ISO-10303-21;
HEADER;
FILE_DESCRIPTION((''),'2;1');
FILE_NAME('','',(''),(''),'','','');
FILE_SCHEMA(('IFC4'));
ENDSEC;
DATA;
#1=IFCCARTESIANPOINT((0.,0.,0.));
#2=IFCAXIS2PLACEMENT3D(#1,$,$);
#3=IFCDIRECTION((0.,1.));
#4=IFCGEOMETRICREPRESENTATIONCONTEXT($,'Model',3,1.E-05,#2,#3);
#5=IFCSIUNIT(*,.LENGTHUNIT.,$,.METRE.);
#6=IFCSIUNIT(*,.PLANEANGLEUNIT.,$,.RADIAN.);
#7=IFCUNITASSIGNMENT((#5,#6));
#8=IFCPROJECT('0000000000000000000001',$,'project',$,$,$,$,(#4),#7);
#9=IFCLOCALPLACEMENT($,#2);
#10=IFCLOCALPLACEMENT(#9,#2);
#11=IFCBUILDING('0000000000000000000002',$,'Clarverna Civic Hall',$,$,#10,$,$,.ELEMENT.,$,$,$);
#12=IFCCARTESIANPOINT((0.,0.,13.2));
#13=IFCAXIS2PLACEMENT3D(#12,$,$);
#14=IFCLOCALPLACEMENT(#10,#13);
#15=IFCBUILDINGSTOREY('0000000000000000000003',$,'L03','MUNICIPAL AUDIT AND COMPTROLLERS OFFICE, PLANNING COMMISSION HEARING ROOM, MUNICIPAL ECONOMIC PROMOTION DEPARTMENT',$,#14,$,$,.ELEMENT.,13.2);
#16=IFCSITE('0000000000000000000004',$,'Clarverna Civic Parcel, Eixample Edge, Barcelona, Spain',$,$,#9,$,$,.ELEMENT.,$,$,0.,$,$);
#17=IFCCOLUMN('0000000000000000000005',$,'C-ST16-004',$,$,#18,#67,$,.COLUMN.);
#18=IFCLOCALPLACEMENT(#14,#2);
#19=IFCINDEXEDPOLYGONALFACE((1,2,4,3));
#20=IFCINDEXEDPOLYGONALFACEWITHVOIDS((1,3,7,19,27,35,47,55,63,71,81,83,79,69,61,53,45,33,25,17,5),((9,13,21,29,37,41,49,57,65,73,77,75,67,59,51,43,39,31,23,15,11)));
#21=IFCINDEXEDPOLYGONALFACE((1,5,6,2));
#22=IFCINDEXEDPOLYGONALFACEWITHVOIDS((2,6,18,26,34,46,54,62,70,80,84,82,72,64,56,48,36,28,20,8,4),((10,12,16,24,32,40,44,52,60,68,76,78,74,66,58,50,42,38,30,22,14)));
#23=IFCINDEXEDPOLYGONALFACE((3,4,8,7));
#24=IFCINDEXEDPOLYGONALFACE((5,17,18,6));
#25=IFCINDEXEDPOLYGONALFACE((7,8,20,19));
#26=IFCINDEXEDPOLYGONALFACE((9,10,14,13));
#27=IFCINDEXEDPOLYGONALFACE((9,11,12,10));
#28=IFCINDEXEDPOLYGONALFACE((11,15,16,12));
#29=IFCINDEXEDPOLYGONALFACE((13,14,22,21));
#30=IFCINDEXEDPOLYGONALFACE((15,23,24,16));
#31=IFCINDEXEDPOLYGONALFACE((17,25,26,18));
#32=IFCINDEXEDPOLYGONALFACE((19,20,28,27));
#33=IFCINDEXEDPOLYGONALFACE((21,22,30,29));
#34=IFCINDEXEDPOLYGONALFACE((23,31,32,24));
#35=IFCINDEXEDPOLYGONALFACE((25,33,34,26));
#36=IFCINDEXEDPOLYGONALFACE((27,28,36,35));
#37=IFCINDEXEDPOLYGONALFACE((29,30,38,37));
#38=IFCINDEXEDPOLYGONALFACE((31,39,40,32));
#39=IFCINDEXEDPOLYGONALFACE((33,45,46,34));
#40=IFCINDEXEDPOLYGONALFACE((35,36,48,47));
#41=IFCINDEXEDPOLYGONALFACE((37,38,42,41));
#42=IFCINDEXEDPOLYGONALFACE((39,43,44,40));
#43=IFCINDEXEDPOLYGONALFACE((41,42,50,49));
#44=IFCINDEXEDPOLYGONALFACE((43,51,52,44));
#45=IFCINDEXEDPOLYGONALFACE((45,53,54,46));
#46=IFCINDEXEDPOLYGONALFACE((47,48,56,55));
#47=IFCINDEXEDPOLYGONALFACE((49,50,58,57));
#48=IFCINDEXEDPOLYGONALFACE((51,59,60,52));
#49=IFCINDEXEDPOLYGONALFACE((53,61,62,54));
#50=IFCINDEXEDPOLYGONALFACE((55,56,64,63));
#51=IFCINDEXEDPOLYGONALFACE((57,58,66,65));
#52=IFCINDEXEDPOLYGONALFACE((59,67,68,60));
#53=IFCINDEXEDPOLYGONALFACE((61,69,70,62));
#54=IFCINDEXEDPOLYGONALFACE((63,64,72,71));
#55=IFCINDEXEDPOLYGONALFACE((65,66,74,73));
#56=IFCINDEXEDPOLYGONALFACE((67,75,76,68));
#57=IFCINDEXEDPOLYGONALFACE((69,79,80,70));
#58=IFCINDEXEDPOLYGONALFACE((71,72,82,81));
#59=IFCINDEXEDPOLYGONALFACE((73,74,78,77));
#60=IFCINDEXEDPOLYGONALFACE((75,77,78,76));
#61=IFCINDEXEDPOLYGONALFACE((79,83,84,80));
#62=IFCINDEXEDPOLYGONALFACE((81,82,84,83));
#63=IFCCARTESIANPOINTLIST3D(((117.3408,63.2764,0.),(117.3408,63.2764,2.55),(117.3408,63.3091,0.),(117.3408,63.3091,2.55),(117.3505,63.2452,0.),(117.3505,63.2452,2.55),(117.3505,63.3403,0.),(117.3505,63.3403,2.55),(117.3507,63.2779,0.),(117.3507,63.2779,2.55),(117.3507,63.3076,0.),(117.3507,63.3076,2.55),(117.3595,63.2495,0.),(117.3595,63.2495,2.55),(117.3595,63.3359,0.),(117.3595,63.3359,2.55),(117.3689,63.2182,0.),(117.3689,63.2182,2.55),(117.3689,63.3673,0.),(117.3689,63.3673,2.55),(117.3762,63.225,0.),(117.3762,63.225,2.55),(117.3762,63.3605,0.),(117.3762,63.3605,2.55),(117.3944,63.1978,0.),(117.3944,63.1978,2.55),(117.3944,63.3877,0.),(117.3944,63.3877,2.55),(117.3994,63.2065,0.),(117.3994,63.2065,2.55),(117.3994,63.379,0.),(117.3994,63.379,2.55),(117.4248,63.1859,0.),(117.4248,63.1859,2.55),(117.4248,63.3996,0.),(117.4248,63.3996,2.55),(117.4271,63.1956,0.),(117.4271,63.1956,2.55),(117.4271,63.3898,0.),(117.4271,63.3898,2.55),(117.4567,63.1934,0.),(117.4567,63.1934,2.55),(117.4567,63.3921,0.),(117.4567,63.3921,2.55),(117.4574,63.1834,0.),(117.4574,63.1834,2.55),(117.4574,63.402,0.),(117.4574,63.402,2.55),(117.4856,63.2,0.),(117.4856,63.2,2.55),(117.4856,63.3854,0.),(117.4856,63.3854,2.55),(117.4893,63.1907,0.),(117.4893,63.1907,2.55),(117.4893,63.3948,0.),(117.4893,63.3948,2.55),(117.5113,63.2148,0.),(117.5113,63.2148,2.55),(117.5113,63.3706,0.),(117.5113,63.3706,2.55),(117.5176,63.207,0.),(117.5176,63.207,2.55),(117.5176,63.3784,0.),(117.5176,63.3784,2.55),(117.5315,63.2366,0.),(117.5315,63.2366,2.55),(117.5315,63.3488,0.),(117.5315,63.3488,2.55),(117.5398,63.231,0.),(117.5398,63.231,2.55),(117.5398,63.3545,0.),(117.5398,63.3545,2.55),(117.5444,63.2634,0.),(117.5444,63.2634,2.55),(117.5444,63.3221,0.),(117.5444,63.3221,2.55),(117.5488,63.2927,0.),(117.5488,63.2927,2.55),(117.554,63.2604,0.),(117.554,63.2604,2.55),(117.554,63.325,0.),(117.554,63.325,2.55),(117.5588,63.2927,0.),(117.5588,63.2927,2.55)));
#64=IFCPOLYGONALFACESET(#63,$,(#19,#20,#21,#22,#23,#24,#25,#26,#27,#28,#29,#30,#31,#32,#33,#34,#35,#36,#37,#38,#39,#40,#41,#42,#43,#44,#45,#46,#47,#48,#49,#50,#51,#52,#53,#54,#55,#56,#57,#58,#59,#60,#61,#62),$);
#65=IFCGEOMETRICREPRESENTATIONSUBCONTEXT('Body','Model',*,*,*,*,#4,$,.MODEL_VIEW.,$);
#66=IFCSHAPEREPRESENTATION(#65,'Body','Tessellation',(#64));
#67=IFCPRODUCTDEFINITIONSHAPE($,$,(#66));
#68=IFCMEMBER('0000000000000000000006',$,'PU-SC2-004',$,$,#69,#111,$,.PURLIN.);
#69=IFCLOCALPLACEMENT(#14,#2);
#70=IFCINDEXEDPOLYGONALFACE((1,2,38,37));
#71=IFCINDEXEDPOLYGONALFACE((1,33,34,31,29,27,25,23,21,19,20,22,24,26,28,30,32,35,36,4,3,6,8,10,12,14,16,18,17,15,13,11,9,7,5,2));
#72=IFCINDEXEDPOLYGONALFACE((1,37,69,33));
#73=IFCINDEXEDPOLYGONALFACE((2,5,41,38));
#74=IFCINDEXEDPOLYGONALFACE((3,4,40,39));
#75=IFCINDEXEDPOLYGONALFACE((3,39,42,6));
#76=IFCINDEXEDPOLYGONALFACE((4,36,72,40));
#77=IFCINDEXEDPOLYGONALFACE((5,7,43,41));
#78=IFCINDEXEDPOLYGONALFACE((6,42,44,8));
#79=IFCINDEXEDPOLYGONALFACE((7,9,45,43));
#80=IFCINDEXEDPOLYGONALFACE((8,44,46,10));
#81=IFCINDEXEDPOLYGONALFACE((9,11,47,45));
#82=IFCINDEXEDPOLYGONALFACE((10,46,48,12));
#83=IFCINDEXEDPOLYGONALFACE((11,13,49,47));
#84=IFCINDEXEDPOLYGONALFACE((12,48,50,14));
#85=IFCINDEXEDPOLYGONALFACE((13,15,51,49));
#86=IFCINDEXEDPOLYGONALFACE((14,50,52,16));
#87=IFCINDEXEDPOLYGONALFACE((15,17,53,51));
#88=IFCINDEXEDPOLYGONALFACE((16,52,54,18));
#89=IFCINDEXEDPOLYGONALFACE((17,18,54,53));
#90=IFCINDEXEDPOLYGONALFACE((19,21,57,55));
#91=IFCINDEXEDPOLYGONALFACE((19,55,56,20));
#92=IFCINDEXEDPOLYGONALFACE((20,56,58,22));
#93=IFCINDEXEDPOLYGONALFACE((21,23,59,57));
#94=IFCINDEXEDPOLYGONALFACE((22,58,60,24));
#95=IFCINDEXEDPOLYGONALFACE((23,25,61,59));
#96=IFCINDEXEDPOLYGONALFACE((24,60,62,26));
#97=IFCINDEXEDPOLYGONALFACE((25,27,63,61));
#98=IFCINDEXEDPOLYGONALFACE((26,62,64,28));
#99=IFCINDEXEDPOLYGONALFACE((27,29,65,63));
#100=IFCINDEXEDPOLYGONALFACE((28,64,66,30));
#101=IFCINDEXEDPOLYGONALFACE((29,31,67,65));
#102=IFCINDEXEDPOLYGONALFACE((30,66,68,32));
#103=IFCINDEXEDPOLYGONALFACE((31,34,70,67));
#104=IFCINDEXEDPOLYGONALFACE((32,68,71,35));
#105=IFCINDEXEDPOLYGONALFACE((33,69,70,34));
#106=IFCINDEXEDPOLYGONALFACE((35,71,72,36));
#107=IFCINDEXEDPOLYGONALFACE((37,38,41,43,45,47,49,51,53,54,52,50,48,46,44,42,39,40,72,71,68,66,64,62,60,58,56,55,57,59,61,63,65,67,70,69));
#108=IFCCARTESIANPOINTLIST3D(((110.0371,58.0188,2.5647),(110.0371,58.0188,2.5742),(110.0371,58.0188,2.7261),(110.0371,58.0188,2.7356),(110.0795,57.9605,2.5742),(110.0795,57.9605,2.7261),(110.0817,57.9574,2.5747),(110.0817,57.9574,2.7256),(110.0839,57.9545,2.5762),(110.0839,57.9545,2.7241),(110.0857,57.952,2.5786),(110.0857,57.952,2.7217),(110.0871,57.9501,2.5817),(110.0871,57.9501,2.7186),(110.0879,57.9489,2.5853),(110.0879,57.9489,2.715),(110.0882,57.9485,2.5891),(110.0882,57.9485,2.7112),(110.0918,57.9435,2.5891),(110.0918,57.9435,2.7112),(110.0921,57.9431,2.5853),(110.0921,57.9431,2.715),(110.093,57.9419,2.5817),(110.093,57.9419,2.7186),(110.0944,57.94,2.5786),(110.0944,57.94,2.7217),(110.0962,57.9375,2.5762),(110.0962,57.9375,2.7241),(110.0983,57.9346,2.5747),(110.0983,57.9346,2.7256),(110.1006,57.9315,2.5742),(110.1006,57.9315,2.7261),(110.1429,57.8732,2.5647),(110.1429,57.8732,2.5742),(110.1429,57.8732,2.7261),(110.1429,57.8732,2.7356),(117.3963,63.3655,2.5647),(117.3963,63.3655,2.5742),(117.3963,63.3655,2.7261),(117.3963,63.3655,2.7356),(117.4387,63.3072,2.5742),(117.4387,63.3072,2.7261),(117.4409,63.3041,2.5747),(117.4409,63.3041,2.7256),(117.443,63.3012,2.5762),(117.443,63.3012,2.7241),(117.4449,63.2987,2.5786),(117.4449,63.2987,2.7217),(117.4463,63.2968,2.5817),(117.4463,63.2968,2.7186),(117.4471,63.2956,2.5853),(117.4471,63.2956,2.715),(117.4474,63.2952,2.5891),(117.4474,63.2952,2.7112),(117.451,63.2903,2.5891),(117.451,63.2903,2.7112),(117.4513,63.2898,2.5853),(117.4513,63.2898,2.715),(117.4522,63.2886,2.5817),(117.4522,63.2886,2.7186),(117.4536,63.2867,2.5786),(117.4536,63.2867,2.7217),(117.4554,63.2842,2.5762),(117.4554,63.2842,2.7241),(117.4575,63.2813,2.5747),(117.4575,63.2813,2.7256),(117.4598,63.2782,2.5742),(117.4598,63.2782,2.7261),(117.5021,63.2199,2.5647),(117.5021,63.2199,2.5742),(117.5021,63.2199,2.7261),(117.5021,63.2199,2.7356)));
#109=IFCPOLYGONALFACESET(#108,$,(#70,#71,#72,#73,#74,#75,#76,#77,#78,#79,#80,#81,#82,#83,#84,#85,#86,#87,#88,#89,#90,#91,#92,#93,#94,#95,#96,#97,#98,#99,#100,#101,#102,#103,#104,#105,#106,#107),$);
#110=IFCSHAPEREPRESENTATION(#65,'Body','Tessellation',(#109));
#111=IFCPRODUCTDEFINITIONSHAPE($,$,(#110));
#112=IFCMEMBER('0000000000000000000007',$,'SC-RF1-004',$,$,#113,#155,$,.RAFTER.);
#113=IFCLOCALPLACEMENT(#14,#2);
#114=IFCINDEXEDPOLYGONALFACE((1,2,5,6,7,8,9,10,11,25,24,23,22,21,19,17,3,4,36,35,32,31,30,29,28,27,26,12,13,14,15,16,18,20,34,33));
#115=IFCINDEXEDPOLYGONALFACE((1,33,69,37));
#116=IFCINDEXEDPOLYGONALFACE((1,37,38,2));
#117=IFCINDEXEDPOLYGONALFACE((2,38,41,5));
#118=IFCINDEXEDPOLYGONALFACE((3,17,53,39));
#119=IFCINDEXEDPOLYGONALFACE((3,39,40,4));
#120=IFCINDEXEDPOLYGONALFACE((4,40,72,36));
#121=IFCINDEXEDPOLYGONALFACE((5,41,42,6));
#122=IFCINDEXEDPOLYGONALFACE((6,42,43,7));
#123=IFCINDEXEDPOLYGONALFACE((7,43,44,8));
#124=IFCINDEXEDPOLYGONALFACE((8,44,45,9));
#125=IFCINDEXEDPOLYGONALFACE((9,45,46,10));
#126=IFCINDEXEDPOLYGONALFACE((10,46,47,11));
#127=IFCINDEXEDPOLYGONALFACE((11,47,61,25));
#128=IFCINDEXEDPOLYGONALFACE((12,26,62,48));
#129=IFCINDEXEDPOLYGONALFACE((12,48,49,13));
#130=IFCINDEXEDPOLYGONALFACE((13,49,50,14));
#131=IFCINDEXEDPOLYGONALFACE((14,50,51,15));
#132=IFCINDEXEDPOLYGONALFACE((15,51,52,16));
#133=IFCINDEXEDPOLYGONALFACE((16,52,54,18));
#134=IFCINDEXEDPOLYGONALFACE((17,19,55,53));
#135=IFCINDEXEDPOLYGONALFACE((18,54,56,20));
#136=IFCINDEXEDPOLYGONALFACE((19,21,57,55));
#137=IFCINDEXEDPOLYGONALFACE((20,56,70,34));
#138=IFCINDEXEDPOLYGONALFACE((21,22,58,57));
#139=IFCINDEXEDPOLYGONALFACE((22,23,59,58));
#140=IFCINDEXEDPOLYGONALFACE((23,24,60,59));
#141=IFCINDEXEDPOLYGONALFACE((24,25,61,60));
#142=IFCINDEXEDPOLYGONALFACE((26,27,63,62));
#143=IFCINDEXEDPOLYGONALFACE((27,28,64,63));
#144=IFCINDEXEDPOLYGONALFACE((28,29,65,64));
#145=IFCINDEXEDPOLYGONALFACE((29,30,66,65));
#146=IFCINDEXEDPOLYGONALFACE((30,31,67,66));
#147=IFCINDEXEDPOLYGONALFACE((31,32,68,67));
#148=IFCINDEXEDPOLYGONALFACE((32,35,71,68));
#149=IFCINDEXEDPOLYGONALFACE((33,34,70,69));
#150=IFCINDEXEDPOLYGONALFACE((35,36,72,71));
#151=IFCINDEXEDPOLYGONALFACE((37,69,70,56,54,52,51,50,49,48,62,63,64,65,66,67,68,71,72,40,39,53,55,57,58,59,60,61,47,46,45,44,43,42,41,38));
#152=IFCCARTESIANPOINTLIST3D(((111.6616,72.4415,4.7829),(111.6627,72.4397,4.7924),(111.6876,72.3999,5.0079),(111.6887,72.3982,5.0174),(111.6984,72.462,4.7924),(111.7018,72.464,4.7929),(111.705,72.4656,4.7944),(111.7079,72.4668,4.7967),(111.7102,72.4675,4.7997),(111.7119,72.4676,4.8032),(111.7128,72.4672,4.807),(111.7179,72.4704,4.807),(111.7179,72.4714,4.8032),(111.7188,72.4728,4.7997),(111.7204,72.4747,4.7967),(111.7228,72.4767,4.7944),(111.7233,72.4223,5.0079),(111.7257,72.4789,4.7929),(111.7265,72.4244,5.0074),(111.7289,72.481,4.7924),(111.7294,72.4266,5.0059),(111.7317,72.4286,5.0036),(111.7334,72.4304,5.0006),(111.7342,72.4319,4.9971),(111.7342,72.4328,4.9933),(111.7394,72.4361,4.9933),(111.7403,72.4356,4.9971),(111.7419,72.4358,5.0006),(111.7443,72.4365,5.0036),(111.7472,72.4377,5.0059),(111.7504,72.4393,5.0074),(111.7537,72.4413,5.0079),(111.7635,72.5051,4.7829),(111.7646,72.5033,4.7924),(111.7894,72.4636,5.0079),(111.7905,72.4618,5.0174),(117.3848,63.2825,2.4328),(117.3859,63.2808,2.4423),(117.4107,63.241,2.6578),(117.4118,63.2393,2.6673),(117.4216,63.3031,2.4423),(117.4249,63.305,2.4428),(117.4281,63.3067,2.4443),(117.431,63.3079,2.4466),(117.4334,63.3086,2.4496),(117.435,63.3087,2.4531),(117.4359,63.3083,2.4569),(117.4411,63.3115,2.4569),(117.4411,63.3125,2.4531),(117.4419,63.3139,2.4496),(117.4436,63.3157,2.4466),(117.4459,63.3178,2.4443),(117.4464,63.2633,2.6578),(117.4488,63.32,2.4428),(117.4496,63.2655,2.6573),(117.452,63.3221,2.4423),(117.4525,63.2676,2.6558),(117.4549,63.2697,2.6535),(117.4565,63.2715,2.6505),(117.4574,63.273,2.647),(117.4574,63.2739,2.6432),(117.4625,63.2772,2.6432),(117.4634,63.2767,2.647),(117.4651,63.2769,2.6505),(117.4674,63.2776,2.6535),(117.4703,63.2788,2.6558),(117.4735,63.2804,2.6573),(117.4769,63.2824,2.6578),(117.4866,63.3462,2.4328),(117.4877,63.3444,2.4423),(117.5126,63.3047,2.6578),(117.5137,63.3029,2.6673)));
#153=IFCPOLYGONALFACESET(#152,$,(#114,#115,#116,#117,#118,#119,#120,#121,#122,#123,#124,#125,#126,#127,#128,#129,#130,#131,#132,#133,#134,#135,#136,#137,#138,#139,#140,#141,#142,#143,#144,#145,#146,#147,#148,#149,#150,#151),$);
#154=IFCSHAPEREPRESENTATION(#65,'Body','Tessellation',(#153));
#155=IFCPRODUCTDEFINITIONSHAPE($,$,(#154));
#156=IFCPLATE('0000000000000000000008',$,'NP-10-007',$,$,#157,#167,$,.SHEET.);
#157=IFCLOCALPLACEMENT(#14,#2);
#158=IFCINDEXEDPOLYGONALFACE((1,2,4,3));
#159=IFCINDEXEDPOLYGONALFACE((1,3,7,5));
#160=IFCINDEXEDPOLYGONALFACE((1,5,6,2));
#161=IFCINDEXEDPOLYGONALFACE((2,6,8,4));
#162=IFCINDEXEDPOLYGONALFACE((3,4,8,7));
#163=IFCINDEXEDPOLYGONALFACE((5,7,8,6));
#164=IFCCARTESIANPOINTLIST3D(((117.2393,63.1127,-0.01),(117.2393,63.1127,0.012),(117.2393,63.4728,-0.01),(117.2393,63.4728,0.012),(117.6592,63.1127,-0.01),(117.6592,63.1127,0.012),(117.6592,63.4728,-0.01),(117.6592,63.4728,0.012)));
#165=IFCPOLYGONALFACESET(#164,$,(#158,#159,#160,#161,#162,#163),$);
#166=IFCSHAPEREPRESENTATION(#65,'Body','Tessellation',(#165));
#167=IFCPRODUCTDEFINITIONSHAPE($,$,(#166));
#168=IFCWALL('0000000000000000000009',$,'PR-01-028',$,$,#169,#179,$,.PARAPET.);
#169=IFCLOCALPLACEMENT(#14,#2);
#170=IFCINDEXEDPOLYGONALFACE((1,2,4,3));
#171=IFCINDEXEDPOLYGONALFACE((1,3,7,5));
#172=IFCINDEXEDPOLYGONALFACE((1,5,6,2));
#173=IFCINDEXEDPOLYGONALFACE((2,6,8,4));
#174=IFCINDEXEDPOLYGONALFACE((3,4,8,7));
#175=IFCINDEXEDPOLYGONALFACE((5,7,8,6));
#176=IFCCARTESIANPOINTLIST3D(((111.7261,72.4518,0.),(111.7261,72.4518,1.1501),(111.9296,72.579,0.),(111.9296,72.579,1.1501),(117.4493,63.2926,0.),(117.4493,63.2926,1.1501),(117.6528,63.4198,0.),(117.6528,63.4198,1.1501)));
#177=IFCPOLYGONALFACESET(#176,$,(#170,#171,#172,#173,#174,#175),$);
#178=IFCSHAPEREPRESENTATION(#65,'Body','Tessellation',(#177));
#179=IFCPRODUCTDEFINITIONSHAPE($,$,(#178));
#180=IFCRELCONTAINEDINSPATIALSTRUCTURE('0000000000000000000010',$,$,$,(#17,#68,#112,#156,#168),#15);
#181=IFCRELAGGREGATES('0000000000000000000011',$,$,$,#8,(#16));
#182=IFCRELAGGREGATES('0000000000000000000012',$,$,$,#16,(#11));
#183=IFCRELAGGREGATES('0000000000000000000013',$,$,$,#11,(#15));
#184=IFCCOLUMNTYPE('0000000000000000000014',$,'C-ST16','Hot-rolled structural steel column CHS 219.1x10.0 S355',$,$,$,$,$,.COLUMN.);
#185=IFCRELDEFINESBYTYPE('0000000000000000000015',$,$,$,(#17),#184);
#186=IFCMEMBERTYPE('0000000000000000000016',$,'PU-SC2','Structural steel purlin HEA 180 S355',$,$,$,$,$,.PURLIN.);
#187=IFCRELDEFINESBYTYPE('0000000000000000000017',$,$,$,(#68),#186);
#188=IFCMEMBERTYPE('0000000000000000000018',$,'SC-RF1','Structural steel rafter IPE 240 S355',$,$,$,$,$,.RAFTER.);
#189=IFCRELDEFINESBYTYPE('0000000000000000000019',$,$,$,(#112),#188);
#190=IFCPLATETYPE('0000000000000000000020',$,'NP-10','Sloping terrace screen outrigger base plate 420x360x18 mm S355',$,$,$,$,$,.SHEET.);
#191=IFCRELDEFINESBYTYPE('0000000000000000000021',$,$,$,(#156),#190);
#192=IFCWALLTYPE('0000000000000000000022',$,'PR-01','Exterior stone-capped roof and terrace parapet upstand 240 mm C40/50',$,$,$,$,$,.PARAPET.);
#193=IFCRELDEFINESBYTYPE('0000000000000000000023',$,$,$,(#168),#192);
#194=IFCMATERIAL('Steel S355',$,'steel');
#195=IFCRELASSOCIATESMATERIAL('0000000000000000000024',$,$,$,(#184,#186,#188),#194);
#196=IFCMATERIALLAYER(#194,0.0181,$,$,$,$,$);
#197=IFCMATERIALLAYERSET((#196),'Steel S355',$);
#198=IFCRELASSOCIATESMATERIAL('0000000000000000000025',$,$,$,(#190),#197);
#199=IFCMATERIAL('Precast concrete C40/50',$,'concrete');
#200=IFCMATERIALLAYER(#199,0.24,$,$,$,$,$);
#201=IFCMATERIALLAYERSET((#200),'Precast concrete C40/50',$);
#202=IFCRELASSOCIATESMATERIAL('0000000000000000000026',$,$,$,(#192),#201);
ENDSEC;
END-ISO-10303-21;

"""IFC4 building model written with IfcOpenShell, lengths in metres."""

from ifc_helpers import new_model, si_unit, direction, frame, frame_2d, origin, origin_2d, place, context, subcontext, project, spatial, rectangle, hollow_circle, i_section, extrude, material, layer, layer_set, material_profile, profile_set, type_object, element, save


model = new_model("IFC4")

# Units and contexts
model_context = context("Model", 3, precision=1e-05, world=origin(), true_north=direction((0.0, 1.0)))
body_context = subcontext(model_context, "Body", "Model", "MODEL_VIEW")
ifc_project = project(units=[si_unit("LENGTHUNIT", "METRE"), si_unit("PLANEANGLEUNIT", "RADIAN")], contexts=[model_context])

# Site, building, storey
site_placement = place(None, origin())
site = spatial("IfcSite", under=ifc_project, at=site_placement, Name="Clarverna Civic Parcel, Eixample Edge, Barcelona, Spain", CompositionType="ELEMENT", RefElevation=0.0)
building_placement = place(site_placement, origin())
building = spatial("IfcBuilding", under=site, at=building_placement, Name="Clarverna Civic Hall", CompositionType="ELEMENT")
storey_placement = place(building_placement, frame((0.0, 0.0, 13.2)))
storey = spatial("IfcBuildingStorey", under=building, at=storey_placement, Name="L03", Description="MUNICIPAL AUDIT AND COMPTROLLERS OFFICE, PLANNING COMMISSION HEARING ROOM, MUNICIPAL ECONOMIC PROMOTION DEPARTMENT", CompositionType="ELEMENT", Elevation=13.2)

# Column
ifc_material_1 = material(Name="Steel S355", Category="steel")
ifc_material_profile_1 = material_profile(ifc_material_1, hollow_circle(Radius=0.1096, WallThickness=0.01, at=origin_2d()), Name="CHS 219.1x10.0")
ifc_profile_set_1 = profile_set([ifc_material_profile_1], Name="Steel S355")
column_type = type_object("IfcColumnType", Name="C-ST16", Description="Hot-rolled structural steel column CHS 219.1x10.0 S355", PredefinedType="COLUMN", material=ifc_profile_set_1)
column_placement = place(storey_placement, frame((117.4492, 63.2927, 0.0), z_axis=(0.0, 0.0, 1.0), x_axis=(1.0, 0.0, 0.0)))
element("IfcColumn", 1, at=column_placement, inside=storey, type_object=column_type, Name="C-ST16-004", PredefinedType="COLUMN", context=body_context, shape_type="SweptSolid", body=[
    extrude(hollow_circle(Radius=0.1096, WallThickness=0.01, at=origin_2d()), origin(), (0.0, 0.0, 1.0), 2.55),
])

# Members
ifc_material_profile_2 = material_profile(ifc_material_1, i_section(OverallWidth=0.1799, OverallDepth=0.1709, WebThickness=0.0061, FlangeThickness=0.0095, FilletRadius=0.0149, at=origin_2d()), Name="HEA 180")
ifc_profile_set_2 = profile_set([ifc_material_profile_2], Name="Steel S355")
member_type_1 = type_object("IfcMemberType", Name="PU-SC2", Description="Structural steel purlin HEA 180 S355", PredefinedType="PURLIN", material=ifc_profile_set_2)
member_1_placement = place(storey_placement, frame((117.4492, 63.2927, 2.6501), z_axis=(-0.809019, -0.587782, 0.0), x_axis=(0.587782, -0.809019, 0.0)))
element("IfcMember", 2, at=member_1_placement, inside=storey, type_object=member_type_1, Name="PU-SC2-004", PredefinedType="PURLIN", context=body_context, shape_type="SweptSolid", body=[
    extrude(i_section(OverallWidth=0.1799, OverallDepth=0.1709, WebThickness=0.0061, FlangeThickness=0.0095, FilletRadius=0.0149, at=origin_2d()), origin(), (0.0, 0.0, 1.0), 9.0964),
])
ifc_material_profile_3 = material_profile(ifc_material_1, i_section(OverallWidth=0.1201, OverallDepth=0.24, WebThickness=0.0061, FlangeThickness=0.0098, FilletRadius=0.0149, at=origin_2d()), Name="IPE 240")
ifc_profile_set_3 = profile_set([ifc_material_profile_3], Name="Steel S355")
member_type_2 = type_object("IfcMemberType", Name="SC-RF1", Description="Structural steel rafter IPE 240 S355", PredefinedType="RAFTER", material=ifc_profile_set_3)
member_2_placement = place(storey_placement, frame((117.4492, 63.2927, 2.55), z_axis=(-0.517802, 0.828656, 0.212625), x_axis=(-0.848048, -0.52992, 0.0)))
element("IfcMember", 3, at=member_2_placement, inside=storey, type_object=member_type_2, Name="SC-RF1-004", PredefinedType="RAFTER", context=body_context, shape_type="SweptSolid", body=[
    extrude(i_section(OverallWidth=0.1201, OverallDepth=0.24, WebThickness=0.0061, FlangeThickness=0.0098, FilletRadius=0.0149, at=origin_2d()), origin(), (0.0, 0.0, 1.0), 11.0527),
])

# Plate
ifc_layer_1 = layer(ifc_material_1, 0.0181)
ifc_layer_set_1 = layer_set([ifc_layer_1], Name="Steel S355")
plate_type = type_object("IfcPlateType", Name="NP-10", Description="Sloping terrace screen outrigger base plate 420x360x18 mm S355", PredefinedType="SHEET", material=ifc_layer_set_1)
plate_placement = place(storey_placement, frame((117.4492, 63.2927, -0.01), z_axis=(0.0, 0.0, 1.0), x_axis=(1.0, 0.0, 0.0)))
element("IfcPlate", 4, at=plate_placement, inside=storey, type_object=plate_type, Name="NP-10-007", PredefinedType="SHEET", context=body_context, shape_type="SweptSolid", body=[
    extrude(rectangle(XDim=0.4199, YDim=0.3601, at=origin_2d()), origin(), (0.0, 0.0, 1.0), 0.022),
])

# Wall
ifc_material_2 = material(Name="Precast concrete C40/50", Category="concrete")
ifc_layer_2 = layer(ifc_material_2, 0.24)
ifc_layer_set_2 = layer_set([ifc_layer_2], Name="Precast concrete C40/50")
wall_type = type_object("IfcWallType", Name="PR-01", Description="Exterior stone-capped roof and terrace parapet upstand 240 mm C40/50", PredefinedType="PARAPET", material=ifc_layer_set_2)
wall_placement = place(storey_placement, frame((117.551, 63.3562, 0.0), z_axis=(0.0, 0.0, 1.0), x_axis=(-0.52991, 0.848054, 0.0)))
element("IfcWall", 5, at=wall_placement, inside=storey, type_object=wall_type, Name="PR-01-028", PredefinedType="PARAPET", context=body_context, shape_type="SweptSolid", body=[
    extrude(rectangle(XDim=10.8003, YDim=0.24, at=frame_2d((5.4001, 0.0))), origin(), (0.0, 0.0, 1.0), 1.1501),
])

save(model, "model.ifc")
